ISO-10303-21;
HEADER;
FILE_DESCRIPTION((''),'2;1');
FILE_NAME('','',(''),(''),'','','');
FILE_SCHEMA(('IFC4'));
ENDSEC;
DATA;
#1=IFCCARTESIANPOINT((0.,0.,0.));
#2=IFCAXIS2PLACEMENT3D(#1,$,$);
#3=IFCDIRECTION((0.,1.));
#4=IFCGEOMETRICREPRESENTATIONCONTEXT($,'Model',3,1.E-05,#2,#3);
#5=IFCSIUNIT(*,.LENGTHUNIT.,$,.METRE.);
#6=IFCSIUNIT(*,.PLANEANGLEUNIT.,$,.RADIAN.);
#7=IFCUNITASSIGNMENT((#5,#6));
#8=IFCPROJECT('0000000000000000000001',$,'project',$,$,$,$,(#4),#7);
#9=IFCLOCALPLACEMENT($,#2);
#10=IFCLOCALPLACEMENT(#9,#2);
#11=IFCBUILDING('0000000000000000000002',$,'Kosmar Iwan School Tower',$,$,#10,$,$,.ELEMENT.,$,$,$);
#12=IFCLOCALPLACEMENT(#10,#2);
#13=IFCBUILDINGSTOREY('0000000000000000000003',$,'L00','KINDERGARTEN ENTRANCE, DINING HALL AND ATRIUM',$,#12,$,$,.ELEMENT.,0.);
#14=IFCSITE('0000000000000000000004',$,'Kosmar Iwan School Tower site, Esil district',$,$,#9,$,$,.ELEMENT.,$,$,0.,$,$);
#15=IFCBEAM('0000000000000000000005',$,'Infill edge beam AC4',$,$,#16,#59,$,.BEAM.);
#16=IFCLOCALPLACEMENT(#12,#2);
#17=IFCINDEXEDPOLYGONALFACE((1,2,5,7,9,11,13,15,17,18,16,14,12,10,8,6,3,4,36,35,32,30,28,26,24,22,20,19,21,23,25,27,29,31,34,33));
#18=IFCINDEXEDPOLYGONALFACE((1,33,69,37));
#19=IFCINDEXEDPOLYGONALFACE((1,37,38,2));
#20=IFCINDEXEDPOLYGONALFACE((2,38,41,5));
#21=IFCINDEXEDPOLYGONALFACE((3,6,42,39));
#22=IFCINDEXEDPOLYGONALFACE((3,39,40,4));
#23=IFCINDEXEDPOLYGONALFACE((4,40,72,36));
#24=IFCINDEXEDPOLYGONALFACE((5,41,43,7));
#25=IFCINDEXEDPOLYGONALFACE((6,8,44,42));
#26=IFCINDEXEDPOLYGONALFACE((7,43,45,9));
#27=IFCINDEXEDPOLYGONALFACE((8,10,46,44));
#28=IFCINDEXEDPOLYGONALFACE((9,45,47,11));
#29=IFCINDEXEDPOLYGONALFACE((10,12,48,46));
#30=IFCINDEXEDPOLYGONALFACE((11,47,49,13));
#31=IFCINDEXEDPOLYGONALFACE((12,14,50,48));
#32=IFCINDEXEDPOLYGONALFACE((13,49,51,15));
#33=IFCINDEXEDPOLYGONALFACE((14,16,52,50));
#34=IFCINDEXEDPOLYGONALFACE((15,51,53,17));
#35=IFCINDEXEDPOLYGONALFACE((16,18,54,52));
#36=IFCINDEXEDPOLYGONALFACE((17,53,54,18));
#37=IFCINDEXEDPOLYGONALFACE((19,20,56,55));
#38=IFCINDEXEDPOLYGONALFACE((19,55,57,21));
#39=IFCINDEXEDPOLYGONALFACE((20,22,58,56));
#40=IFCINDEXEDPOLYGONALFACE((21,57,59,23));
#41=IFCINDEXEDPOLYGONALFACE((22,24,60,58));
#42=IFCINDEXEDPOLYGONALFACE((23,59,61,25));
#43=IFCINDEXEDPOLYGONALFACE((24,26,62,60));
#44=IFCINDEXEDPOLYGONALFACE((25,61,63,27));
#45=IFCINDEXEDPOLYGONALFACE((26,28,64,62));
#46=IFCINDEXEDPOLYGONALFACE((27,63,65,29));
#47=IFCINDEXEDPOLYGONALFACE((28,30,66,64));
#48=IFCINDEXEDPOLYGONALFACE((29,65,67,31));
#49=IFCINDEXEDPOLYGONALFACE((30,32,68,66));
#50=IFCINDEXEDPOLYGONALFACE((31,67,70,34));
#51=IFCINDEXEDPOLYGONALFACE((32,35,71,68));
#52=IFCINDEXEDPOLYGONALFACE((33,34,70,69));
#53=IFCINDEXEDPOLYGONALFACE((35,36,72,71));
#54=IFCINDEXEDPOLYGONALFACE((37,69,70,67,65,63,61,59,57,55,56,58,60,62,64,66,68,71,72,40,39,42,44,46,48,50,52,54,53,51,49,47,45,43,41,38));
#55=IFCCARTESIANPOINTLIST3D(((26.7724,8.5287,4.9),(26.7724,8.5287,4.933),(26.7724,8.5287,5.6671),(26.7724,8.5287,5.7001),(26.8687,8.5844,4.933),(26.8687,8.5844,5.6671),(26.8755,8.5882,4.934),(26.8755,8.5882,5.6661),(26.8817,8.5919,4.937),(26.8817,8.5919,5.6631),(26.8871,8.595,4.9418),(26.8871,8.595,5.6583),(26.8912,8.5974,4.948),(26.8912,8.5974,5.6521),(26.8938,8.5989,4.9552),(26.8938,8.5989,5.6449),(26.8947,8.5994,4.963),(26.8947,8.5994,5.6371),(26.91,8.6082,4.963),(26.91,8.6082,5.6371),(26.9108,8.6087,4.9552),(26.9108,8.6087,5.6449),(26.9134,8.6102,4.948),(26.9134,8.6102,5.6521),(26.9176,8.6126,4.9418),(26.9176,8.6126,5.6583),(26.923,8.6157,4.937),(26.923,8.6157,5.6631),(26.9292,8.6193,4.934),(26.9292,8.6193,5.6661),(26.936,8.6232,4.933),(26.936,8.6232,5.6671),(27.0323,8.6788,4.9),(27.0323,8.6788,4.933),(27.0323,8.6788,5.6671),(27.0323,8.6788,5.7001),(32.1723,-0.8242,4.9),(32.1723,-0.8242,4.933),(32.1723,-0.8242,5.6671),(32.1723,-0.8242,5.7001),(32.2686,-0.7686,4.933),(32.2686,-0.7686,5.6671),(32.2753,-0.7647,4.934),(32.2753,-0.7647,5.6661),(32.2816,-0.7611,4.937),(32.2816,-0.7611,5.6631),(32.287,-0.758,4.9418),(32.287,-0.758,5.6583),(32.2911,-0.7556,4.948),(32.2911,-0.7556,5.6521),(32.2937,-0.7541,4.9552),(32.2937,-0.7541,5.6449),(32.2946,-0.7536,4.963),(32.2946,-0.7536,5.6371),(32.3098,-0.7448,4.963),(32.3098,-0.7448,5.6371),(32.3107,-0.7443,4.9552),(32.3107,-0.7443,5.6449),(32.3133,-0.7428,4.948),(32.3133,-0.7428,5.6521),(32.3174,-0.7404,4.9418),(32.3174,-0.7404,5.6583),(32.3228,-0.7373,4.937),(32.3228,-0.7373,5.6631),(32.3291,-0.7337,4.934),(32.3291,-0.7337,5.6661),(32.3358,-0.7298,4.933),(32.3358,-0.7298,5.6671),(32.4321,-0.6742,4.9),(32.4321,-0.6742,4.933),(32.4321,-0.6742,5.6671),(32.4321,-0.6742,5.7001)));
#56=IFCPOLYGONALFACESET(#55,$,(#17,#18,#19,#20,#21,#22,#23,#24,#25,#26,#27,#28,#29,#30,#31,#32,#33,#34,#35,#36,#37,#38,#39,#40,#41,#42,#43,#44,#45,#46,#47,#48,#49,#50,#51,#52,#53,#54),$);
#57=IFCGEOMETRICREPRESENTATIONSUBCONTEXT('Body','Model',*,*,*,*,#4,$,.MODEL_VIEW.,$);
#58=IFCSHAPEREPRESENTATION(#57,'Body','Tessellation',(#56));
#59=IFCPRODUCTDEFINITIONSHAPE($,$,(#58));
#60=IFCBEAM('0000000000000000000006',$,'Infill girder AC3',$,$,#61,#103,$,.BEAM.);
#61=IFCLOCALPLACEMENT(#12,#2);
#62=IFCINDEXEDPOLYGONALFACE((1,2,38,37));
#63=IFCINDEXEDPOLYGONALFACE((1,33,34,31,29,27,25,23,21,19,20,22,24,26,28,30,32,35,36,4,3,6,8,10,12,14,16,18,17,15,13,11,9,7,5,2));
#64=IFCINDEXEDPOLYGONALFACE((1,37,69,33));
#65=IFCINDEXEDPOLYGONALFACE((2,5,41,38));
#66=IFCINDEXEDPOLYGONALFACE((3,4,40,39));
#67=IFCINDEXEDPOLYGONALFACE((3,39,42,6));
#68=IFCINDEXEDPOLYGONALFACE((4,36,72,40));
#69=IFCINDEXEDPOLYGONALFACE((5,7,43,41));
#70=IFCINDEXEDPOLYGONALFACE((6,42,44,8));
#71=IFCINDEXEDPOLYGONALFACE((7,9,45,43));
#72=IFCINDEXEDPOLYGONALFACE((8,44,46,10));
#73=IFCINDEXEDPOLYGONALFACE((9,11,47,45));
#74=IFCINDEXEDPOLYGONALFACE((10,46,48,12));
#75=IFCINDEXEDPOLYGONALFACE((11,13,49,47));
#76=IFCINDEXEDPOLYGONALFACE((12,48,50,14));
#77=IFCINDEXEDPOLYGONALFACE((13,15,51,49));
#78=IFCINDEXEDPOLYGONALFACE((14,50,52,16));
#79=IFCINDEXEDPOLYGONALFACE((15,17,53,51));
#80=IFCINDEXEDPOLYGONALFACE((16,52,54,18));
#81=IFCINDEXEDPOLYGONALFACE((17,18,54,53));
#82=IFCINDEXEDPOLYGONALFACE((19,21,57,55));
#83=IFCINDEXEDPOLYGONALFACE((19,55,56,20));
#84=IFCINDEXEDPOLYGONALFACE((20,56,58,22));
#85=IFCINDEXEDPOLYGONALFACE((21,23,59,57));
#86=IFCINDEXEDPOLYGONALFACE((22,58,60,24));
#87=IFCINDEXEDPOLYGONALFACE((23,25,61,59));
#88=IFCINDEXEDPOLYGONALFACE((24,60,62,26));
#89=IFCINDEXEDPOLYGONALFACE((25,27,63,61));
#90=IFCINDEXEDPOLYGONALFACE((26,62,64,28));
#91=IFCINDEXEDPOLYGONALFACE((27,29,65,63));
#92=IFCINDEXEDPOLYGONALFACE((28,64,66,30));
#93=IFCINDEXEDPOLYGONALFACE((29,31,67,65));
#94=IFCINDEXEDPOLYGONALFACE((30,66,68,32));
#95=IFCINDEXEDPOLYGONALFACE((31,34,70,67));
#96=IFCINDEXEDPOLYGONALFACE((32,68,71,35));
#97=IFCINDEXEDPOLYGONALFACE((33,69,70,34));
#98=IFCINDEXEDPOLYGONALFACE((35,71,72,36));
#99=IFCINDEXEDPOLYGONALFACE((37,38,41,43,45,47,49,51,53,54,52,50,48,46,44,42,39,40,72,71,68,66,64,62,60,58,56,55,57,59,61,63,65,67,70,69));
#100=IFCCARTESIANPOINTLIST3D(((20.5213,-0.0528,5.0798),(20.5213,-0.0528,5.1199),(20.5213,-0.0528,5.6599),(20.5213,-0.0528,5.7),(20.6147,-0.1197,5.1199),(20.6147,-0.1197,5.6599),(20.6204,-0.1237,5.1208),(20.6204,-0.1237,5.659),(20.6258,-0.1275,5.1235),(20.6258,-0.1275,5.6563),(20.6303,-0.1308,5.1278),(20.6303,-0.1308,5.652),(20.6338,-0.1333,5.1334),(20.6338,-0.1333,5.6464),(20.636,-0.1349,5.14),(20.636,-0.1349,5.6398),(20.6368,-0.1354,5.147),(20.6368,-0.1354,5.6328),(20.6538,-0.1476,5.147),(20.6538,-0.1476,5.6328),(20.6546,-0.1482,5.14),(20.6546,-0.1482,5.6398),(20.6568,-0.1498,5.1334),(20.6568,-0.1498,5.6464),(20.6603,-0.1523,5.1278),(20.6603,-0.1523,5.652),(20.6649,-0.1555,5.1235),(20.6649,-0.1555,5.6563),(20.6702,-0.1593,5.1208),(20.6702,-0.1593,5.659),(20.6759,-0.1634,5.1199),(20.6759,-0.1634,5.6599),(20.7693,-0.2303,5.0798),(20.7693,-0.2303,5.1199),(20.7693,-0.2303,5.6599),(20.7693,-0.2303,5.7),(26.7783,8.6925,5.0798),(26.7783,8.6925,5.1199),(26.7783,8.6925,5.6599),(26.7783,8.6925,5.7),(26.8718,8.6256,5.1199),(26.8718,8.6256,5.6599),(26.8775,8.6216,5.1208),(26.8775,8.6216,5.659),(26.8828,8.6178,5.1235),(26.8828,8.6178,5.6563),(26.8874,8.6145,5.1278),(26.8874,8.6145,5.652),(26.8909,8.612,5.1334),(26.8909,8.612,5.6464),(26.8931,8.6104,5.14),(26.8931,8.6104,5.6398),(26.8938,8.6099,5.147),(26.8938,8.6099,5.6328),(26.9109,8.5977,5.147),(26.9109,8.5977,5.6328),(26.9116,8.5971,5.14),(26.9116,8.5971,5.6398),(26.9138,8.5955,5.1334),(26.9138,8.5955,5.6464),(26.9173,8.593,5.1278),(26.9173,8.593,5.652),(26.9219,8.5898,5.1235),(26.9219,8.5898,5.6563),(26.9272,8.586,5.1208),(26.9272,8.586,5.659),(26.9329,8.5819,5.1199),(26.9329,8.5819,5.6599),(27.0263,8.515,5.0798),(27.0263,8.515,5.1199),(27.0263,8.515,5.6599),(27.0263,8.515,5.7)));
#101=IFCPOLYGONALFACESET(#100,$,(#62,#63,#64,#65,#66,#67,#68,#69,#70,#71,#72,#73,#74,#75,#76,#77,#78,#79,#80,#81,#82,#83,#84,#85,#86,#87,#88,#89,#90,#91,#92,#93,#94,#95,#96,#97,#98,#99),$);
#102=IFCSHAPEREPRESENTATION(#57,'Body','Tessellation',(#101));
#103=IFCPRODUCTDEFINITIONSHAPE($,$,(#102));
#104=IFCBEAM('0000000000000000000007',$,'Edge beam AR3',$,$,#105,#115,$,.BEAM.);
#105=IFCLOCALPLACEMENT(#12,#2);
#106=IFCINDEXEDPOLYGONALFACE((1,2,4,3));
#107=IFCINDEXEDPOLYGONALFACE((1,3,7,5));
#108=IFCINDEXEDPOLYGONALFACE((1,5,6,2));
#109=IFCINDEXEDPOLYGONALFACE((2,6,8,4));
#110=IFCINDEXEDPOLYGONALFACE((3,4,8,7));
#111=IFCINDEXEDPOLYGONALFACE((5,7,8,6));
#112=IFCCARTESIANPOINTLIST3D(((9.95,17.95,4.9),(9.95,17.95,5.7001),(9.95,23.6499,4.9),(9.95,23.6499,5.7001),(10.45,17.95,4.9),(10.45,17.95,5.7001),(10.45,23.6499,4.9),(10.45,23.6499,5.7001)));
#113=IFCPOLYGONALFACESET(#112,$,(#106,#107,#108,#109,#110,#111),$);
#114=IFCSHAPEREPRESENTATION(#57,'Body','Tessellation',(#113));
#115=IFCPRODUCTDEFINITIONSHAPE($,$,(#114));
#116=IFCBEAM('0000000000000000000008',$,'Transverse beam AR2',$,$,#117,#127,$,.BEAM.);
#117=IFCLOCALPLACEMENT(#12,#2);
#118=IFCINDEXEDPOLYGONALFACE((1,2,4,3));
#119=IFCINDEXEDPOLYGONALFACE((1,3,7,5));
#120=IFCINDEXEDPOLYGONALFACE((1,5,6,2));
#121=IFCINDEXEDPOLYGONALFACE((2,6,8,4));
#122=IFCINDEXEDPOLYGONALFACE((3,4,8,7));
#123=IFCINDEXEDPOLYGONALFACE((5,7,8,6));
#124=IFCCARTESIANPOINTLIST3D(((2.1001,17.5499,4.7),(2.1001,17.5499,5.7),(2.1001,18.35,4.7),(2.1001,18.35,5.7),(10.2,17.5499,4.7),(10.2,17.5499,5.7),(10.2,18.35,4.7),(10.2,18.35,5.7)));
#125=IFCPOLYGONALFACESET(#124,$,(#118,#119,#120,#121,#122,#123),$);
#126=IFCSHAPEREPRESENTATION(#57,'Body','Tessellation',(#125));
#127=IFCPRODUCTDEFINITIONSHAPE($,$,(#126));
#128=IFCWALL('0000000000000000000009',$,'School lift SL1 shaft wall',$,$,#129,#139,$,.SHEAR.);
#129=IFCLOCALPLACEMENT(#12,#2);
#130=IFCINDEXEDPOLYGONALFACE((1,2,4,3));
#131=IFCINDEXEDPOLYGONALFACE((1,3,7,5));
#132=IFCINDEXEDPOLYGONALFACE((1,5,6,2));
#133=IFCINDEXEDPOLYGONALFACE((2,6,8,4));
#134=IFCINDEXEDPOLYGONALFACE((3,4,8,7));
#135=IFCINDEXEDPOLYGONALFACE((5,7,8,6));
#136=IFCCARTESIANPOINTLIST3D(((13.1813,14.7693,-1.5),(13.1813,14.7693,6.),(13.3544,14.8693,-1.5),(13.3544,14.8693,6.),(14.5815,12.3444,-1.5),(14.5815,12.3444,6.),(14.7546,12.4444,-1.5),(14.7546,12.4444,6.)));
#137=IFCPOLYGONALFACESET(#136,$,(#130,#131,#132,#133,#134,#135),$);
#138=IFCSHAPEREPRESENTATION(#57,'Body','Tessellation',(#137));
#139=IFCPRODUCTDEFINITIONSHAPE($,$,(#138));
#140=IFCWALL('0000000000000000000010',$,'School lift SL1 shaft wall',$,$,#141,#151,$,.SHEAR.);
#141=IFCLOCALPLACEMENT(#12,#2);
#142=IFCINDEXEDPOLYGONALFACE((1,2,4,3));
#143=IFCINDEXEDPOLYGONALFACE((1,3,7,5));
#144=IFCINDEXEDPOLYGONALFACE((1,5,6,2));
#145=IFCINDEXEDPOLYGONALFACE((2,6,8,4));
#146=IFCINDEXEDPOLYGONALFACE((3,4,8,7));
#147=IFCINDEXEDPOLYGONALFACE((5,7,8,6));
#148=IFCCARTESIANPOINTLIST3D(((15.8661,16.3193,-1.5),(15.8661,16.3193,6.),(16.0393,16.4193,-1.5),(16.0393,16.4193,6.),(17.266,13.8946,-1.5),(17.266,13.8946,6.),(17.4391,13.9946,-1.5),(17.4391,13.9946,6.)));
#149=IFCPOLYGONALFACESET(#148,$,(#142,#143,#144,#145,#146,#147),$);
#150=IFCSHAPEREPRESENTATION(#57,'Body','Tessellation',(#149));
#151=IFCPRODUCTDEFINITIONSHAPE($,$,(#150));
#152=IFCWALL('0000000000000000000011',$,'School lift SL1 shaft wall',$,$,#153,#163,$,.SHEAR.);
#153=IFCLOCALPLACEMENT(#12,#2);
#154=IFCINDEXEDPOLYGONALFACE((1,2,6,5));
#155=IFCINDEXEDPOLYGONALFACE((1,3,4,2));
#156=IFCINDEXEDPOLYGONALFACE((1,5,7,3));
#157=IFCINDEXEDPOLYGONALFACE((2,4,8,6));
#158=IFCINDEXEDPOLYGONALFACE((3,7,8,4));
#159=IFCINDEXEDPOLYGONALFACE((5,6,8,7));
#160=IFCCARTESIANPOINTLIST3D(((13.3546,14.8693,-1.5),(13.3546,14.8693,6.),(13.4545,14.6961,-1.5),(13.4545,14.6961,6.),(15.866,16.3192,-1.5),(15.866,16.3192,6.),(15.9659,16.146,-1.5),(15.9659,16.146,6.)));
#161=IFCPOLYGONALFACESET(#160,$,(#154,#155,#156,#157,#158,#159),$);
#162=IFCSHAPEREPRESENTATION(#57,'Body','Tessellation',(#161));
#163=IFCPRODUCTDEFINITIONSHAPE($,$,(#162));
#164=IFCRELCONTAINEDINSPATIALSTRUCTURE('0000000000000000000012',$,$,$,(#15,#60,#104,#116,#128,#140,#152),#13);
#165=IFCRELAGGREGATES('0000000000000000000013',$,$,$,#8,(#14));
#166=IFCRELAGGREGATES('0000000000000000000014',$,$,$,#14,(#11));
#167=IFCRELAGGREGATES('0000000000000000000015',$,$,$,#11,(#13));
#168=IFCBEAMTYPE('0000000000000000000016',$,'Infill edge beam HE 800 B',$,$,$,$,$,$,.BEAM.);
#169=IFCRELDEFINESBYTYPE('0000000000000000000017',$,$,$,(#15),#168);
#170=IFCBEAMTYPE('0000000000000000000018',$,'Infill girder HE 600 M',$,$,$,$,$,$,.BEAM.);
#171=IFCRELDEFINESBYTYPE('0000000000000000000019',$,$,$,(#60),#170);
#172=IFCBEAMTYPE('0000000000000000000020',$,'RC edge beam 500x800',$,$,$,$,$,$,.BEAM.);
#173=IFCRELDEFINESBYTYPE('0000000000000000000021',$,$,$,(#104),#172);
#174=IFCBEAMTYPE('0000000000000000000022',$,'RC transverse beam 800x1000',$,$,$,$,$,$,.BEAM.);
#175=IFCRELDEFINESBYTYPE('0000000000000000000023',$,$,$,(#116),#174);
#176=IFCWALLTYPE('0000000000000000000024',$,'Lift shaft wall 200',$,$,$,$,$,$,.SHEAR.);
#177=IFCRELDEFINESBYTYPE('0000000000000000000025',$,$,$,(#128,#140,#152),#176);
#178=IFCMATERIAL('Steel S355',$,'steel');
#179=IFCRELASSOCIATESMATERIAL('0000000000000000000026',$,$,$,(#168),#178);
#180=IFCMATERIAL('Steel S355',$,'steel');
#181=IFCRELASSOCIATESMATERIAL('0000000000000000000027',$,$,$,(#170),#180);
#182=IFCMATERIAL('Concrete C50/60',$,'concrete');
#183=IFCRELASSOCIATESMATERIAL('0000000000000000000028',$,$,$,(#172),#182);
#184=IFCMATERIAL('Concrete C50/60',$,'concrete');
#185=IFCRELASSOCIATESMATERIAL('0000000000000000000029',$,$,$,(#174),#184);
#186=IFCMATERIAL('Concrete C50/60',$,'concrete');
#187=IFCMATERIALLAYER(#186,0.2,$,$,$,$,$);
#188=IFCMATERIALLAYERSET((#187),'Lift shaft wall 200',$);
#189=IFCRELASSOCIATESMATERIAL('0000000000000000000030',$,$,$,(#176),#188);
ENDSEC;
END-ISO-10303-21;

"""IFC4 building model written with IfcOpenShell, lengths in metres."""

from ifc_helpers import new_model, si_unit, direction, frame, frame_2d, origin, origin_2d, place, context, subcontext, project, spatial, rectangle, i_section, extrude, material, layer, layer_set, material_profile, profile_set, type_object, element, save


model = new_model("IFC4")

# Units and contexts
model_context = context("Model", 3, precision=1e-05, world=origin(), true_north=direction((0.0, 1.0)))
body_context = subcontext(model_context, "Body", "Model", "MODEL_VIEW")
ifc_project = project(units=[si_unit("LENGTHUNIT", "METRE"), si_unit("PLANEANGLEUNIT", "RADIAN")], contexts=[model_context])

# Site, building, storey
site_placement = place(None, origin())
site = spatial("IfcSite", under=ifc_project, at=site_placement, Name="Kosmar Iwan School Tower site, Esil district", CompositionType="ELEMENT", RefElevation=0.0)
building_placement = place(site_placement, origin())
building = spatial("IfcBuilding", under=site, at=building_placement, Name="Kosmar Iwan School Tower", CompositionType="ELEMENT")
storey_placement = place(building_placement, origin())
storey = spatial("IfcBuildingStorey", under=building, at=storey_placement, Name="L00", Description="KINDERGARTEN ENTRANCE, DINING HALL AND ATRIUM", CompositionType="ELEMENT", Elevation=0.0)

# Beams
ifc_material_1 = material(Name="Steel S355", Category="steel")
ifc_material_profile_1 = material_profile(ifc_material_1, i_section(OverallWidth=0.3, OverallDepth=0.8, WebThickness=0.0176, FlangeThickness=0.033, FilletRadius=0.03, at=origin_2d()), Name="HE 800 B")
ifc_profile_set_1 = profile_set([ifc_material_profile_1], Name="Steel S355")
beam_type_1 = type_object("IfcBeamType", Name="Infill edge beam HE 800 B", PredefinedType="BEAM", material=ifc_profile_set_1)
beam_1_placement = place(storey_placement, frame((26.9023, 8.6038, 5.3), z_axis=(0.499995, -0.866028, 0.0), x_axis=(0.866028, 0.499995, 0.0)))
element("IfcBeam", 1, at=beam_1_placement, inside=storey, type_object=beam_type_1, Name="Infill edge beam AC4", PredefinedType="BEAM", context=body_context, shape_type="SweptSolid", body=[
    extrude(i_section(OverallWidth=0.3, OverallDepth=0.8, WebThickness=0.0176, FlangeThickness=0.033, FilletRadius=0.03, at=origin_2d()), origin(), (0.0, 0.0, 1.0), 10.7998),
])
ifc_material_2 = material(Name="Steel S355", Category="steel")
ifc_material_profile_2 = material_profile(ifc_material_2, i_section(OverallWidth=0.3049, OverallDepth=0.6201, WebThickness=0.021, FlangeThickness=0.04, FilletRadius=0.0271, at=origin_2d()), Name="HE 600 M")
ifc_profile_set_2 = profile_set([ifc_material_profile_2], Name="Steel S355")
beam_type_2 = type_object("IfcBeamType", Name="Infill girder HE 600 M", PredefinedType="BEAM", material=ifc_profile_set_2)
beam_2_placement = place(storey_placement, frame((26.9023, 8.6038, 5.3899), z_axis=(-0.581878, -0.813276, 0.0), x_axis=(0.813276, -0.581878, 0.0)))
element("IfcBeam", 2, at=beam_2_placement, inside=storey, type_object=beam_type_2, Name="Infill girder AC3", PredefinedType="BEAM", context=body_context, shape_type="SweptSolid", body=[
    extrude(i_section(OverallWidth=0.3049, OverallDepth=0.6201, WebThickness=0.021, FlangeThickness=0.04, FilletRadius=0.0271, at=origin_2d()), origin(), (0.0, 0.0, 1.0), 10.7532),
])
ifc_material_3 = material(Name="Concrete C50/60", Category="concrete")
ifc_material_profile_3 = material_profile(ifc_material_3, rectangle(XDim=0.5, YDim=0.8, at=origin_2d()), Name="RC 500x800")
ifc_profile_set_3 = profile_set([ifc_material_profile_3], Name="Concrete C50/60")
beam_type_3 = type_object("IfcBeamType", Name="RC edge beam 500x800", PredefinedType="BEAM", material=ifc_profile_set_3)
beam_3_placement = place(storey_placement, frame((10.2, 17.95, 5.3), z_axis=(0.0, 1.0, 0.0), x_axis=(-1.0, 0.0, 0.0)))
element("IfcBeam", 3, at=beam_3_placement, inside=storey, type_object=beam_type_3, Name="Edge beam AR3", PredefinedType="BEAM", context=body_context, shape_type="SweptSolid", body=[
    extrude(rectangle(XDim=0.5, YDim=0.8, at=origin_2d()), origin(), (0.0, 0.0, 1.0), 5.7),
])
ifc_material_4 = material(Name="Concrete C50/60", Category="concrete")
ifc_material_profile_4 = material_profile(ifc_material_4, rectangle(XDim=0.8, YDim=1.0, at=origin_2d()), Name="RC 800x1000")
ifc_profile_set_4 = profile_set([ifc_material_profile_4], Name="Concrete C50/60")
beam_type_4 = type_object("IfcBeamType", Name="RC transverse beam 800x1000", PredefinedType="BEAM", material=ifc_profile_set_4)
beam_4_placement = place(storey_placement, frame((10.2, 17.95, 5.2), z_axis=(-1.0, 0.0, 0.0), x_axis=(0.0, -1.0, 0.0)))
element("IfcBeam", 4, at=beam_4_placement, inside=storey, type_object=beam_type_4, Name="Transverse beam AR2", PredefinedType="BEAM", context=body_context, shape_type="SweptSolid", body=[
    extrude(rectangle(XDim=0.8, YDim=1.0, at=origin_2d()), origin(), (0.0, 0.0, 1.0), 8.0999),
])

# Walls
ifc_material_5 = material(Name="Concrete C50/60", Category="concrete")
ifc_layer_1 = layer(ifc_material_5, 0.2)
ifc_layer_set_1 = layer_set([ifc_layer_1], Name="Lift shaft wall 200")
wall_type_1 = type_object("IfcWallType", Name="Lift shaft wall 200", PredefinedType="SHEAR", material=ifc_layer_set_1)
wall_1_placement = place(storey_placement, frame((14.668, 12.3945, -1.5), z_axis=(0.0, 0.0, 1.0), x_axis=(-0.50005, 0.865997, 0.0)))
element("IfcWall", 5, at=wall_1_placement, inside=storey, type_object=wall_type_1, Name="School lift SL1 shaft wall", PredefinedType="SHEAR", context=body_context, shape_type="SweptSolid", body=[
    extrude(rectangle(XDim=2.8, YDim=0.2, at=frame_2d((1.3999, 0.0))), origin(), (0.0, 0.0, 1.0), 7.5),
])
wall_2_placement = place(storey_placement, frame((17.3525, 13.9446, -1.5), z_axis=(0.0, 0.0, 1.0), x_axis=(-0.499984, 0.866035, 0.0)))
element("IfcWall", 6, at=wall_2_placement, inside=storey, type_object=wall_type_1, Name="School lift SL1 shaft wall", PredefinedType="SHEAR", context=body_context, shape_type="SweptSolid", body=[
    extrude(rectangle(XDim=2.7998, YDim=0.2, at=frame_2d((1.3999, 0.0))), origin(), (0.0, 0.0, 1.0), 7.5),
])
wall_3_placement = place(storey_placement, frame((13.4045, 14.7827, -1.5), z_axis=(0.0, 0.0, 1.0), x_axis=(0.866033, 0.499987, 0.0)))
element("IfcWall", 7, at=wall_3_placement, inside=storey, type_object=wall_type_1, Name="School lift SL1 shaft wall", PredefinedType="SHEAR", context=body_context, shape_type="SweptSolid", body=[
    extrude(rectangle(XDim=2.8999, YDim=0.2, at=frame_2d((1.45, 0.0))), origin(), (0.0, 0.0, 1.0), 7.5),
])

save(model, "model.ifc")
